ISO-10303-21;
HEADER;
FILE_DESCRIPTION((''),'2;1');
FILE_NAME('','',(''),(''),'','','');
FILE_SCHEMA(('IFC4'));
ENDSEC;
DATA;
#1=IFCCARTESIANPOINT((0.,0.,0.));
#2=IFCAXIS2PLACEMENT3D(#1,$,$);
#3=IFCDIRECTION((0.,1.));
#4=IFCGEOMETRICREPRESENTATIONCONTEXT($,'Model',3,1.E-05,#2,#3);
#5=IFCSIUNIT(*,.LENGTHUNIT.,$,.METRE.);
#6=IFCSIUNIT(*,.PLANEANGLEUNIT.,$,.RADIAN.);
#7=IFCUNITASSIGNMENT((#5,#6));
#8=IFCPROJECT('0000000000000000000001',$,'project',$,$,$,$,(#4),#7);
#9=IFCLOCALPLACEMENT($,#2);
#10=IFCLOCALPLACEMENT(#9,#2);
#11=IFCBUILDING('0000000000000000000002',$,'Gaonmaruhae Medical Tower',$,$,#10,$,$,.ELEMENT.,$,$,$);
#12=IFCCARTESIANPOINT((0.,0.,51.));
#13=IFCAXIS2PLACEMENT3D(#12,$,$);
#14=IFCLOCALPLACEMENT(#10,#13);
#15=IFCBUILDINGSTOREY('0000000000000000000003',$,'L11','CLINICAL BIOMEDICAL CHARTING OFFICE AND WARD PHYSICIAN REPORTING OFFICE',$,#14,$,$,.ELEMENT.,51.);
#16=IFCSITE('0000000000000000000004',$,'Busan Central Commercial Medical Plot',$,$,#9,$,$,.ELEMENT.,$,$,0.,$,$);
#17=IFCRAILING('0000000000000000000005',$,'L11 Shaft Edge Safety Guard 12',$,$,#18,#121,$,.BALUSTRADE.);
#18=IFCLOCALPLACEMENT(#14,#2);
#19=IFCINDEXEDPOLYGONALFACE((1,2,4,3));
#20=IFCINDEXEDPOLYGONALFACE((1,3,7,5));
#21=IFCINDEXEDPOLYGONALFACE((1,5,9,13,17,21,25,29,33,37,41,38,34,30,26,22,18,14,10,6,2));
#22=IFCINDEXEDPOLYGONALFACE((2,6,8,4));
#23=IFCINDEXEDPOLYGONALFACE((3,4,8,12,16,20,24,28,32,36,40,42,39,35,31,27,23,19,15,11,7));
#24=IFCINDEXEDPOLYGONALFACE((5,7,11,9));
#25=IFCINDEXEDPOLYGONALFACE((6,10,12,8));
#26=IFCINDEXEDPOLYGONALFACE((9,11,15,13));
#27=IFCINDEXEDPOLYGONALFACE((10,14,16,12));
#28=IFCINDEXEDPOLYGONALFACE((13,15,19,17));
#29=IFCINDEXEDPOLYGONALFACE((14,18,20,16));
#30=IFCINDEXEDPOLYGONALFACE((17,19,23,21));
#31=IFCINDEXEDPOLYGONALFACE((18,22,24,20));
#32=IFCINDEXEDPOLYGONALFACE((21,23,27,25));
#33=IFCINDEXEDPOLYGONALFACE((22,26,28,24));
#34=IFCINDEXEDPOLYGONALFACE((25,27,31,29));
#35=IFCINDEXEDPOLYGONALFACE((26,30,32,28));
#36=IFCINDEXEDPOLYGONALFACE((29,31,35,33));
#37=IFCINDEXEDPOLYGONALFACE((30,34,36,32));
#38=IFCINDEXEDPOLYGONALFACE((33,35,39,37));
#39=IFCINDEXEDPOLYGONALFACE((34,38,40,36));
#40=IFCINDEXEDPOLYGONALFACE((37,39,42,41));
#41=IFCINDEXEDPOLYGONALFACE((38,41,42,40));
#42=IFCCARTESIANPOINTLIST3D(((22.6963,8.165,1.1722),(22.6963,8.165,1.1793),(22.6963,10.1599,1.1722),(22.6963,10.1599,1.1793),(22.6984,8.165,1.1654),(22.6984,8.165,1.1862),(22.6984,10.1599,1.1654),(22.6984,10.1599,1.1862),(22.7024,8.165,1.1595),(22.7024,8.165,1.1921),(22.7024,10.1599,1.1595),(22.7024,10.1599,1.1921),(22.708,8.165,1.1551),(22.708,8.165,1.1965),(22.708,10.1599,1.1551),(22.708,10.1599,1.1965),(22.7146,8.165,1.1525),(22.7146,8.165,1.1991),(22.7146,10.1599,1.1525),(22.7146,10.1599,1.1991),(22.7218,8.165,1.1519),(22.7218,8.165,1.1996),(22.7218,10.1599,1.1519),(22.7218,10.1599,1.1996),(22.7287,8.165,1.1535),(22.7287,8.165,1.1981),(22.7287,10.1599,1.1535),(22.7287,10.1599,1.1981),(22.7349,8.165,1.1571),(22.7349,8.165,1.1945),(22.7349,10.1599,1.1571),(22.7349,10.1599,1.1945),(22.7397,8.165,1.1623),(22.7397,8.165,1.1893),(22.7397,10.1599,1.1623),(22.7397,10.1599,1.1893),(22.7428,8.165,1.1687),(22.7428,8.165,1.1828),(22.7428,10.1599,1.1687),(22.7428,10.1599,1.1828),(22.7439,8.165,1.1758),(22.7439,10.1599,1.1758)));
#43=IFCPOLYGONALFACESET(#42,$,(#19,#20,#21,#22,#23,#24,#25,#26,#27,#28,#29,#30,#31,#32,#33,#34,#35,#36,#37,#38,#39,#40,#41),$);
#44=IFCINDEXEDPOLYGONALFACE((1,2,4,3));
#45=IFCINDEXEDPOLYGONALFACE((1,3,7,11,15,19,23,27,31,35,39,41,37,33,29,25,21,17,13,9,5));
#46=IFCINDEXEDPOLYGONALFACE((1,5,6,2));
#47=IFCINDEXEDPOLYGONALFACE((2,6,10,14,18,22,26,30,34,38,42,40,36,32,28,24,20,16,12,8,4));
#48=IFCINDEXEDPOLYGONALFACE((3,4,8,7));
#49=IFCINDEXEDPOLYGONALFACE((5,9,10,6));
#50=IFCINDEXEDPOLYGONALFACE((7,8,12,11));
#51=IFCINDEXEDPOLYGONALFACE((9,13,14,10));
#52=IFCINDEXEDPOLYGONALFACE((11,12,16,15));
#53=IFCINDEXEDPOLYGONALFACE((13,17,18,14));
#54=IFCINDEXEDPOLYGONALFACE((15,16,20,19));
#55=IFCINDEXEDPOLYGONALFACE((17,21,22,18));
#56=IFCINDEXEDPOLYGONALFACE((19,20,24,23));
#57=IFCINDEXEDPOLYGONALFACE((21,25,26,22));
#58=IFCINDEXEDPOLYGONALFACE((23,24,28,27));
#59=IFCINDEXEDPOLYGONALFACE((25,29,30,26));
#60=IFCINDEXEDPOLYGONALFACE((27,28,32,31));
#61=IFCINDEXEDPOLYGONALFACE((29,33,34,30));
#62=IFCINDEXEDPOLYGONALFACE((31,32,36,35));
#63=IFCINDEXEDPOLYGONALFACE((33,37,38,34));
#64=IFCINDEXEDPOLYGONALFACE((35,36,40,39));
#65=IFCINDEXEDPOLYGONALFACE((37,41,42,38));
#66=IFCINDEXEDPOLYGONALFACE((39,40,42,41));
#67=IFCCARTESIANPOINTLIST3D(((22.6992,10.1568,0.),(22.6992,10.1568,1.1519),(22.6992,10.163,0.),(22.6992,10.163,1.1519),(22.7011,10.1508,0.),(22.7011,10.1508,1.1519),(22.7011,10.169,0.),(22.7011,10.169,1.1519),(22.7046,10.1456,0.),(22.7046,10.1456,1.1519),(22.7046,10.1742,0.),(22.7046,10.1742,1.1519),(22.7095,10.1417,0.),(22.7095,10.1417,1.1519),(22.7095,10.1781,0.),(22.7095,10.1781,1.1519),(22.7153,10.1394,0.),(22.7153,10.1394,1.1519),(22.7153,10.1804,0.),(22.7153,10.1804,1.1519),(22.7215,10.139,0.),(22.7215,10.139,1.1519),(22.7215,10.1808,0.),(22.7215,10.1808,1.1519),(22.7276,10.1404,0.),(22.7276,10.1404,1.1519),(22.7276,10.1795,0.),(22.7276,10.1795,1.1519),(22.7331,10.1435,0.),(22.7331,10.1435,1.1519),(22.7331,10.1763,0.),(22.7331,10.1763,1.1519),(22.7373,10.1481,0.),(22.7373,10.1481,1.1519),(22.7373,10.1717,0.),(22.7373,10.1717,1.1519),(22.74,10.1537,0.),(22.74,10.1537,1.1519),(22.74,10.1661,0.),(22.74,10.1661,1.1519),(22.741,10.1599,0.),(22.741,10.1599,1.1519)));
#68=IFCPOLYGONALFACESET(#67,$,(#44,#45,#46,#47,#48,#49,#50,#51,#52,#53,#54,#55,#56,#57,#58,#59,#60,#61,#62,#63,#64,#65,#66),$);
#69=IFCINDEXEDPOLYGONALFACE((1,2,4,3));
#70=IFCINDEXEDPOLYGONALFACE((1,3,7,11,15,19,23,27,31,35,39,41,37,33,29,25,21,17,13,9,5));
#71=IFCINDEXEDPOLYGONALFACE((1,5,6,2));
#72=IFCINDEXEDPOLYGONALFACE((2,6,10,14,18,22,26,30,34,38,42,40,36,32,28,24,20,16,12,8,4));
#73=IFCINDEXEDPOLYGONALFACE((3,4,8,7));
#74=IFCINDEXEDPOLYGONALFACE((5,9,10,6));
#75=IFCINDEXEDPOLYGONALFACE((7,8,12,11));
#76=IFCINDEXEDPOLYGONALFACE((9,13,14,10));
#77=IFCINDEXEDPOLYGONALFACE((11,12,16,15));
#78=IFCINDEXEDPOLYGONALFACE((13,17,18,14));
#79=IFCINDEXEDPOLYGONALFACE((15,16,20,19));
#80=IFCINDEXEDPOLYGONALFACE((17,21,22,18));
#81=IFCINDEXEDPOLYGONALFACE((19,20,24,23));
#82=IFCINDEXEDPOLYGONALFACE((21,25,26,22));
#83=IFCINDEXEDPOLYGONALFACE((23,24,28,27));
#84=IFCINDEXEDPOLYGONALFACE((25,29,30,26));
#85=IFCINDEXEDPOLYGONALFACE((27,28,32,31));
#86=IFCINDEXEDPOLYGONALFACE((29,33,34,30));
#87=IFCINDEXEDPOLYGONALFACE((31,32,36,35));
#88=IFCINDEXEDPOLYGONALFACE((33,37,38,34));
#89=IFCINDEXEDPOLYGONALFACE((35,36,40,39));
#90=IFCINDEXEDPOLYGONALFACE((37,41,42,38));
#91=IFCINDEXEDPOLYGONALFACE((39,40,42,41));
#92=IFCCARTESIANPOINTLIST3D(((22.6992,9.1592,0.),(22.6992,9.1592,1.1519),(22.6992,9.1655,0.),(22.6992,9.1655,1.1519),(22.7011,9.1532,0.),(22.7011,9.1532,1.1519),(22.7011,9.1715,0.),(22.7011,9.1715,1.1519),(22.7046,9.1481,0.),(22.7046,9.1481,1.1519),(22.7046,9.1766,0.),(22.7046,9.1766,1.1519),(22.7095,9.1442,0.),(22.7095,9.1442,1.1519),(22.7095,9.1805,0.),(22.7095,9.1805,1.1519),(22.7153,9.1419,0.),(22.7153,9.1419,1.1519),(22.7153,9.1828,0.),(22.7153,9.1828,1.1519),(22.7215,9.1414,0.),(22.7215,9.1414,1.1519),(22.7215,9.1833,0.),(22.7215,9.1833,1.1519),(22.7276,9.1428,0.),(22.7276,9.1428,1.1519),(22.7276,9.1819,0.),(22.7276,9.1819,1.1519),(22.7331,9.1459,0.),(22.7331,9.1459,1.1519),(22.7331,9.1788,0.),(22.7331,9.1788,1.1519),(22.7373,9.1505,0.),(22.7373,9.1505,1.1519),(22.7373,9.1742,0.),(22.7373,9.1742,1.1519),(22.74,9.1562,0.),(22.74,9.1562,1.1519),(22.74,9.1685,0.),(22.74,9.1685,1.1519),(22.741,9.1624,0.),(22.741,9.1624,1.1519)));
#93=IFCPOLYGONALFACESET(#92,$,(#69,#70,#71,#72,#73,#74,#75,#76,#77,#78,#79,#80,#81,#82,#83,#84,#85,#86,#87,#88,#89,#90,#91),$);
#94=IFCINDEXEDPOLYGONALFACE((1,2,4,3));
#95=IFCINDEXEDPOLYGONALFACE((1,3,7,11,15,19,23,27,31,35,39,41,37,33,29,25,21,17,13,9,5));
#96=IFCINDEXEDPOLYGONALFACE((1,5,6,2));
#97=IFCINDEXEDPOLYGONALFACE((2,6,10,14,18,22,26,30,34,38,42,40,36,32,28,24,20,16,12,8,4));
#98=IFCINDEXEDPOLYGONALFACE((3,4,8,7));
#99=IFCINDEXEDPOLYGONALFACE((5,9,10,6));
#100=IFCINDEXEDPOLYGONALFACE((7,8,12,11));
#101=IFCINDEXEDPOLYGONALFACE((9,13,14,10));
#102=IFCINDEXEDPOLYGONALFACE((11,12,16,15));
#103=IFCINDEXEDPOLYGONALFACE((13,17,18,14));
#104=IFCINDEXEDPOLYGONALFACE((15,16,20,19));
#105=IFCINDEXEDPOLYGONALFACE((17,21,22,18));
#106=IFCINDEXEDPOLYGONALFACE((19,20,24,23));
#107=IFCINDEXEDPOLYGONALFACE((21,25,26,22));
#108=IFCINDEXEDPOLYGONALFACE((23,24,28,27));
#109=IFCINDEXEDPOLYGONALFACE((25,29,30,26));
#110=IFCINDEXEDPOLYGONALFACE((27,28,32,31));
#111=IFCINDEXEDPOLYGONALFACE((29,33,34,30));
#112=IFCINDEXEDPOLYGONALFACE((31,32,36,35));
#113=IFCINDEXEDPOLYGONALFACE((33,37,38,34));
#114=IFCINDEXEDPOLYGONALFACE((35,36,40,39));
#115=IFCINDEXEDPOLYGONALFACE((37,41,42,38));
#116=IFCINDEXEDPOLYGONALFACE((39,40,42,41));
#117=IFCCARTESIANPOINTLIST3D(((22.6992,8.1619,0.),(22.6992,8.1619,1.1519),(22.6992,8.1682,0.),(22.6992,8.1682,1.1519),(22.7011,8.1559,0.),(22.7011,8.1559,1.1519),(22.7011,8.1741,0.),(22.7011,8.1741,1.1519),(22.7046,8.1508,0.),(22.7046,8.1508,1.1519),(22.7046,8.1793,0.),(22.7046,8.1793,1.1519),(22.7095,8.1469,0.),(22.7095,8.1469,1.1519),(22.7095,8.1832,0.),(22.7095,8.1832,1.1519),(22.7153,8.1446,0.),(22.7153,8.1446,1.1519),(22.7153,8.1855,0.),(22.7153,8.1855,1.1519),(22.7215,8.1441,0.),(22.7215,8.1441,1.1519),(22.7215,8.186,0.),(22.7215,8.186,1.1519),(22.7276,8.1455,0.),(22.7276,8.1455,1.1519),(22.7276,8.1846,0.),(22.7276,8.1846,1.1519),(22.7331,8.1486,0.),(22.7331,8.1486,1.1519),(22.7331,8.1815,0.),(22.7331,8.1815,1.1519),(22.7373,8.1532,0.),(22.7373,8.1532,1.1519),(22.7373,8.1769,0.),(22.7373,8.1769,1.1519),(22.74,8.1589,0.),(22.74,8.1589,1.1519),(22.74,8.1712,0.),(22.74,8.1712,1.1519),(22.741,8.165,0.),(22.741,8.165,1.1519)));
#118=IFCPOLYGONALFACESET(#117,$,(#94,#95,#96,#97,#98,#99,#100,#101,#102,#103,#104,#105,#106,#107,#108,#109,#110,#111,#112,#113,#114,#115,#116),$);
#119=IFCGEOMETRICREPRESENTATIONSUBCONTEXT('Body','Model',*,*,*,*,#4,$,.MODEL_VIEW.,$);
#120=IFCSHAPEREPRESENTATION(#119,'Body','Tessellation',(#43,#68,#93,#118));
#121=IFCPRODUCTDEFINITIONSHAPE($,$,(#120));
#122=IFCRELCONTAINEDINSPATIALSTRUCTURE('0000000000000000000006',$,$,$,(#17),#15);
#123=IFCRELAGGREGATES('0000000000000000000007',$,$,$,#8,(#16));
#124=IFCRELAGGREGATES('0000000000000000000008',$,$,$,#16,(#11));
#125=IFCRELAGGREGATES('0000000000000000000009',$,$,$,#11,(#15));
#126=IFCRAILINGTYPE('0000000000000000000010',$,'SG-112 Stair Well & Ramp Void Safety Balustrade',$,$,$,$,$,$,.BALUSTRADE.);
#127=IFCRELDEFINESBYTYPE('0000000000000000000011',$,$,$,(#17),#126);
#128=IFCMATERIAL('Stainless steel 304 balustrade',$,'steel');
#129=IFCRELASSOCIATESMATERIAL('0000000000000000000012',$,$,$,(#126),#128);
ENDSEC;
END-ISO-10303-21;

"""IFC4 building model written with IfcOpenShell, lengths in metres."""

from ifc_helpers import new_model, si_unit, direction, frame, origin, origin_2d, place, context, subcontext, project, spatial, circle, extrude, material, type_object, element, save


model = new_model("IFC4")

# Units and contexts
model_context = context("Model", 3, precision=1e-05, world=origin(), true_north=direction((0.0, 1.0)))
body_context = subcontext(model_context, "Body", "Model", "MODEL_VIEW")
ifc_project = project(units=[si_unit("LENGTHUNIT", "METRE"), si_unit("PLANEANGLEUNIT", "RADIAN")], contexts=[model_context])

# Site, building, storey
site_placement = place(None, origin())
site = spatial("IfcSite", under=ifc_project, at=site_placement, Name="Busan Central Commercial Medical Plot", CompositionType="ELEMENT", RefElevation=0.0)
building_placement = place(site_placement, origin())
building = spatial("IfcBuilding", under=site, at=building_placement, Name="Gaonmaruhae Medical Tower", CompositionType="ELEMENT")
storey_placement = place(building_placement, frame((0.0, 0.0, 51.0)))
storey = spatial("IfcBuildingStorey", under=building, at=storey_placement, Name="L11", Description="CLINICAL BIOMEDICAL CHARTING OFFICE AND WARD PHYSICIAN REPORTING OFFICE", CompositionType="ELEMENT", Elevation=51.0)

# Railing
ifc_material_1 = material(Name="Stainless steel 304 balustrade", Category="steel")
railing_type_1 = type_object("IfcRailingType", Name="SG-112 Stair Well & Ramp Void Safety Balustrade", PredefinedType="BALUSTRADE", material=ifc_material_1)
railing_1_placement = place(storey_placement, frame((22.72, 10.1599, 0.0)))
element("IfcRailing", 1, at=railing_1_placement, inside=storey, type_object=railing_type_1, Name="L11 Shaft Edge Safety Guard 12", PredefinedType="BALUSTRADE", context=body_context, shape_type="SweptSolid", body=[
    extrude(circle(Radius=0.0239, at=origin_2d()), frame((0.0, 0.0, 1.1758), z_axis=(0.0, -1.0, 0.0), x_axis=(1.0, 0.0, 0.0)), (0.0, 0.0, 1.0), 1.9949),
    extrude(circle(Radius=0.021, at=origin_2d()), origin(), (0.0, 0.0, 1.0), 1.1519),
    extrude(circle(Radius=0.021, at=origin_2d()), frame((0.0, -0.9976, 0.0)), (0.0, 0.0, 1.0), 1.1519),
    extrude(circle(Radius=0.021, at=origin_2d()), frame((0.0, -1.9949, 0.0)), (0.0, 0.0, 1.0), 1.1519),
])

save(model, "model.ifc")
